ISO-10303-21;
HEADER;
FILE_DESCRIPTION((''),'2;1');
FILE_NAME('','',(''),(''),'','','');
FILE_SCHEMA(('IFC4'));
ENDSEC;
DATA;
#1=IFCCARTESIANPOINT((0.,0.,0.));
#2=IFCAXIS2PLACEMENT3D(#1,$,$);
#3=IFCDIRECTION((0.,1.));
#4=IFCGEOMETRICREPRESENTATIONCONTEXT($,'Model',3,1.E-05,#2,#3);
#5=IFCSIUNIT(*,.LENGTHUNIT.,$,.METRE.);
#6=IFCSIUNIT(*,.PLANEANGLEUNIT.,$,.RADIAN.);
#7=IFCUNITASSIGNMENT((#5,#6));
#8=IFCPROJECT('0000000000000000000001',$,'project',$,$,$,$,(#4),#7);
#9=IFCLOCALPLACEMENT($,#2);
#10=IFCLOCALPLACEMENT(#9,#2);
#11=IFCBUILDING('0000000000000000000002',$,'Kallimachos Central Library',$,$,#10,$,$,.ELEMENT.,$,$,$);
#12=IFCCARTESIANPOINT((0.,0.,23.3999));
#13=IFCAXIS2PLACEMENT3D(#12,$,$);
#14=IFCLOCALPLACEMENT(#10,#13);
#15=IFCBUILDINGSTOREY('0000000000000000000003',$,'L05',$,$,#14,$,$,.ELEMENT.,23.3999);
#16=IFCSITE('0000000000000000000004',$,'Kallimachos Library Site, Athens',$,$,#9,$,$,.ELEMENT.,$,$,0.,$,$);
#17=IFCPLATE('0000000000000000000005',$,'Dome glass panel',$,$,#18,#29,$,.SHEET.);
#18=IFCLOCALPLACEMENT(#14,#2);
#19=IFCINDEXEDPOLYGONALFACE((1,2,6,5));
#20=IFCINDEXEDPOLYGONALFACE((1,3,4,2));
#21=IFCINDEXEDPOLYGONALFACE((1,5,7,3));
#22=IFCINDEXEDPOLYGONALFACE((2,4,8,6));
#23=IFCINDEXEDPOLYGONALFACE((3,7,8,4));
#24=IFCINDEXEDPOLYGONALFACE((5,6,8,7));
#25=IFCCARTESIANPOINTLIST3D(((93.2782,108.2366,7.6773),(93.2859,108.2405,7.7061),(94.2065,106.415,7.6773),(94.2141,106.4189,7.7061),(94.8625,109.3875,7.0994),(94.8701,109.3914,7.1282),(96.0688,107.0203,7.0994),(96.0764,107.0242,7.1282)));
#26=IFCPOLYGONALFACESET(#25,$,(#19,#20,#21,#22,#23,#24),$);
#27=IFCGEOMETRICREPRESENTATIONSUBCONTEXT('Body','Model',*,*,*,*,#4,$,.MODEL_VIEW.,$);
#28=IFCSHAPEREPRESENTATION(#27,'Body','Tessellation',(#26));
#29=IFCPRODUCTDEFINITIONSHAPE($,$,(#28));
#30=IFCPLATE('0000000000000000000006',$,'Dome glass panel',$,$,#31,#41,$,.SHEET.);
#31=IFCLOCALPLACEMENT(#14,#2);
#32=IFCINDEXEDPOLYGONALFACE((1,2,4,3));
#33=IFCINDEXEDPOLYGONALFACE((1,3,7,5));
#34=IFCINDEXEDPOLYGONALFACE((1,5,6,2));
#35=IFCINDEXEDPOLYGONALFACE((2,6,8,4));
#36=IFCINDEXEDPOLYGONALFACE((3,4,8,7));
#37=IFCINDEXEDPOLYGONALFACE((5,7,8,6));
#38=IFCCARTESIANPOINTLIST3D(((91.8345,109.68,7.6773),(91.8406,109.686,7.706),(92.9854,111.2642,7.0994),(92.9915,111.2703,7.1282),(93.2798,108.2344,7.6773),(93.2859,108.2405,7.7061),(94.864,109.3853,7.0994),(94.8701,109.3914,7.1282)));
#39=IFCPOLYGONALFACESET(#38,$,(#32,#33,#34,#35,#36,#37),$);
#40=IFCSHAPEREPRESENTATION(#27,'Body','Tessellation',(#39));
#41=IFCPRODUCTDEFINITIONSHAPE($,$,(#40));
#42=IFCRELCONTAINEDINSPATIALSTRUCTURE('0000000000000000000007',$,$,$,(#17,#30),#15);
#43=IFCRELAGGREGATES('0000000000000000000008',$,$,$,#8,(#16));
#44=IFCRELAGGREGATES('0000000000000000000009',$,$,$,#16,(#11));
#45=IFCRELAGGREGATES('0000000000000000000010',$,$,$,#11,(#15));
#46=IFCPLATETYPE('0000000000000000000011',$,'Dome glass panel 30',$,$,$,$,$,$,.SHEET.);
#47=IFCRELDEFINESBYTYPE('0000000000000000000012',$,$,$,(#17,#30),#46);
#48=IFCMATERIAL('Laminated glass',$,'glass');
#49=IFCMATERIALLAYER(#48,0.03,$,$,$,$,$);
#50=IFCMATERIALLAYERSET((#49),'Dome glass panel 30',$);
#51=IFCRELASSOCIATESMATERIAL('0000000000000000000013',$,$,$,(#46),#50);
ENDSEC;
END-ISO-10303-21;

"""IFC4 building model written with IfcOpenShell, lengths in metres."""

from ifc_helpers import new_model, si_unit, direction, frame, origin, place, context, subcontext, project, spatial, polyline, outline, extrude, material, layer, layer_set, type_object, element, save


model = new_model("IFC4")

# Units and contexts
model_context = context("Model", 3, precision=1e-05, world=origin(), true_north=direction((0.0, 1.0)))
body_context = subcontext(model_context, "Body", "Model", "MODEL_VIEW")
ifc_project = project(units=[si_unit("LENGTHUNIT", "METRE"), si_unit("PLANEANGLEUNIT", "RADIAN")], contexts=[model_context])

# Site, building, storey
site_placement = place(None, origin())
site = spatial("IfcSite", under=ifc_project, at=site_placement, Name="Kallimachos Library Site, Athens", CompositionType="ELEMENT", RefElevation=0.0)
building_placement = place(site_placement, origin())
building = spatial("IfcBuilding", under=site, at=building_placement, Name="Kallimachos Central Library", CompositionType="ELEMENT")
storey_placement = place(building_placement, frame((0.0, 0.0, 23.3999)))
storey = spatial("IfcBuildingStorey", under=building, at=storey_placement, Name="L05", CompositionType="ELEMENT", Elevation=23.3999)

# Plates
ifc_material_1 = material(Name="Laminated glass", Category="glass")
ifc_layer = layer(ifc_material_1, 0.03)
ifc_layer_set = layer_set([ifc_layer], Name="Dome glass panel 30")
plate_type = type_object("IfcPlateType", Name="Dome glass panel 30", PredefinedType="SHEET", material=ifc_layer_set)
plate_1_placement = place(storey_placement, frame((94.2141, 106.4189, 7.7061), z_axis=(0.255075, 0.129983, 0.958145), x_axis=(0.912147, 0.296436, -0.283044)))
element("IfcPlate", 1, at=plate_1_placement, inside=storey, type_object=plate_type, Name="Dome glass panel", PredefinedType="SHEET", context=body_context, shape_type="SweptSolid", body=[
    extrude(outline(polyline([(0.0, 0.0), (2.0417, 0.0), (1.6431, 2.6268), (-0.3067, 2.0213), (0.0, 0.0)])), origin(), (0.0, 0.0, -1.0), 0.03),
])
plate_2_placement = place(storey_placement, frame((93.2859, 108.2405, 7.7061), z_axis=(0.202454, 0.202424, 0.958142), x_axis=(0.775962, 0.563706, -0.283052)))
element("IfcPlate", 2, at=plate_2_placement, inside=storey, type_object=plate_type, Name="Dome glass panel", PredefinedType="SHEET", context=body_context, shape_type="SweptSolid", body=[
    extrude(outline(polyline([(0.0, 0.0), (2.0416, 0.0), (1.643, 2.6269), (-0.3066, 2.021), (0.0, 0.0)])), origin(), (0.0, 0.0, -1.0), 0.03),
])

save(model, "model.ifc")
